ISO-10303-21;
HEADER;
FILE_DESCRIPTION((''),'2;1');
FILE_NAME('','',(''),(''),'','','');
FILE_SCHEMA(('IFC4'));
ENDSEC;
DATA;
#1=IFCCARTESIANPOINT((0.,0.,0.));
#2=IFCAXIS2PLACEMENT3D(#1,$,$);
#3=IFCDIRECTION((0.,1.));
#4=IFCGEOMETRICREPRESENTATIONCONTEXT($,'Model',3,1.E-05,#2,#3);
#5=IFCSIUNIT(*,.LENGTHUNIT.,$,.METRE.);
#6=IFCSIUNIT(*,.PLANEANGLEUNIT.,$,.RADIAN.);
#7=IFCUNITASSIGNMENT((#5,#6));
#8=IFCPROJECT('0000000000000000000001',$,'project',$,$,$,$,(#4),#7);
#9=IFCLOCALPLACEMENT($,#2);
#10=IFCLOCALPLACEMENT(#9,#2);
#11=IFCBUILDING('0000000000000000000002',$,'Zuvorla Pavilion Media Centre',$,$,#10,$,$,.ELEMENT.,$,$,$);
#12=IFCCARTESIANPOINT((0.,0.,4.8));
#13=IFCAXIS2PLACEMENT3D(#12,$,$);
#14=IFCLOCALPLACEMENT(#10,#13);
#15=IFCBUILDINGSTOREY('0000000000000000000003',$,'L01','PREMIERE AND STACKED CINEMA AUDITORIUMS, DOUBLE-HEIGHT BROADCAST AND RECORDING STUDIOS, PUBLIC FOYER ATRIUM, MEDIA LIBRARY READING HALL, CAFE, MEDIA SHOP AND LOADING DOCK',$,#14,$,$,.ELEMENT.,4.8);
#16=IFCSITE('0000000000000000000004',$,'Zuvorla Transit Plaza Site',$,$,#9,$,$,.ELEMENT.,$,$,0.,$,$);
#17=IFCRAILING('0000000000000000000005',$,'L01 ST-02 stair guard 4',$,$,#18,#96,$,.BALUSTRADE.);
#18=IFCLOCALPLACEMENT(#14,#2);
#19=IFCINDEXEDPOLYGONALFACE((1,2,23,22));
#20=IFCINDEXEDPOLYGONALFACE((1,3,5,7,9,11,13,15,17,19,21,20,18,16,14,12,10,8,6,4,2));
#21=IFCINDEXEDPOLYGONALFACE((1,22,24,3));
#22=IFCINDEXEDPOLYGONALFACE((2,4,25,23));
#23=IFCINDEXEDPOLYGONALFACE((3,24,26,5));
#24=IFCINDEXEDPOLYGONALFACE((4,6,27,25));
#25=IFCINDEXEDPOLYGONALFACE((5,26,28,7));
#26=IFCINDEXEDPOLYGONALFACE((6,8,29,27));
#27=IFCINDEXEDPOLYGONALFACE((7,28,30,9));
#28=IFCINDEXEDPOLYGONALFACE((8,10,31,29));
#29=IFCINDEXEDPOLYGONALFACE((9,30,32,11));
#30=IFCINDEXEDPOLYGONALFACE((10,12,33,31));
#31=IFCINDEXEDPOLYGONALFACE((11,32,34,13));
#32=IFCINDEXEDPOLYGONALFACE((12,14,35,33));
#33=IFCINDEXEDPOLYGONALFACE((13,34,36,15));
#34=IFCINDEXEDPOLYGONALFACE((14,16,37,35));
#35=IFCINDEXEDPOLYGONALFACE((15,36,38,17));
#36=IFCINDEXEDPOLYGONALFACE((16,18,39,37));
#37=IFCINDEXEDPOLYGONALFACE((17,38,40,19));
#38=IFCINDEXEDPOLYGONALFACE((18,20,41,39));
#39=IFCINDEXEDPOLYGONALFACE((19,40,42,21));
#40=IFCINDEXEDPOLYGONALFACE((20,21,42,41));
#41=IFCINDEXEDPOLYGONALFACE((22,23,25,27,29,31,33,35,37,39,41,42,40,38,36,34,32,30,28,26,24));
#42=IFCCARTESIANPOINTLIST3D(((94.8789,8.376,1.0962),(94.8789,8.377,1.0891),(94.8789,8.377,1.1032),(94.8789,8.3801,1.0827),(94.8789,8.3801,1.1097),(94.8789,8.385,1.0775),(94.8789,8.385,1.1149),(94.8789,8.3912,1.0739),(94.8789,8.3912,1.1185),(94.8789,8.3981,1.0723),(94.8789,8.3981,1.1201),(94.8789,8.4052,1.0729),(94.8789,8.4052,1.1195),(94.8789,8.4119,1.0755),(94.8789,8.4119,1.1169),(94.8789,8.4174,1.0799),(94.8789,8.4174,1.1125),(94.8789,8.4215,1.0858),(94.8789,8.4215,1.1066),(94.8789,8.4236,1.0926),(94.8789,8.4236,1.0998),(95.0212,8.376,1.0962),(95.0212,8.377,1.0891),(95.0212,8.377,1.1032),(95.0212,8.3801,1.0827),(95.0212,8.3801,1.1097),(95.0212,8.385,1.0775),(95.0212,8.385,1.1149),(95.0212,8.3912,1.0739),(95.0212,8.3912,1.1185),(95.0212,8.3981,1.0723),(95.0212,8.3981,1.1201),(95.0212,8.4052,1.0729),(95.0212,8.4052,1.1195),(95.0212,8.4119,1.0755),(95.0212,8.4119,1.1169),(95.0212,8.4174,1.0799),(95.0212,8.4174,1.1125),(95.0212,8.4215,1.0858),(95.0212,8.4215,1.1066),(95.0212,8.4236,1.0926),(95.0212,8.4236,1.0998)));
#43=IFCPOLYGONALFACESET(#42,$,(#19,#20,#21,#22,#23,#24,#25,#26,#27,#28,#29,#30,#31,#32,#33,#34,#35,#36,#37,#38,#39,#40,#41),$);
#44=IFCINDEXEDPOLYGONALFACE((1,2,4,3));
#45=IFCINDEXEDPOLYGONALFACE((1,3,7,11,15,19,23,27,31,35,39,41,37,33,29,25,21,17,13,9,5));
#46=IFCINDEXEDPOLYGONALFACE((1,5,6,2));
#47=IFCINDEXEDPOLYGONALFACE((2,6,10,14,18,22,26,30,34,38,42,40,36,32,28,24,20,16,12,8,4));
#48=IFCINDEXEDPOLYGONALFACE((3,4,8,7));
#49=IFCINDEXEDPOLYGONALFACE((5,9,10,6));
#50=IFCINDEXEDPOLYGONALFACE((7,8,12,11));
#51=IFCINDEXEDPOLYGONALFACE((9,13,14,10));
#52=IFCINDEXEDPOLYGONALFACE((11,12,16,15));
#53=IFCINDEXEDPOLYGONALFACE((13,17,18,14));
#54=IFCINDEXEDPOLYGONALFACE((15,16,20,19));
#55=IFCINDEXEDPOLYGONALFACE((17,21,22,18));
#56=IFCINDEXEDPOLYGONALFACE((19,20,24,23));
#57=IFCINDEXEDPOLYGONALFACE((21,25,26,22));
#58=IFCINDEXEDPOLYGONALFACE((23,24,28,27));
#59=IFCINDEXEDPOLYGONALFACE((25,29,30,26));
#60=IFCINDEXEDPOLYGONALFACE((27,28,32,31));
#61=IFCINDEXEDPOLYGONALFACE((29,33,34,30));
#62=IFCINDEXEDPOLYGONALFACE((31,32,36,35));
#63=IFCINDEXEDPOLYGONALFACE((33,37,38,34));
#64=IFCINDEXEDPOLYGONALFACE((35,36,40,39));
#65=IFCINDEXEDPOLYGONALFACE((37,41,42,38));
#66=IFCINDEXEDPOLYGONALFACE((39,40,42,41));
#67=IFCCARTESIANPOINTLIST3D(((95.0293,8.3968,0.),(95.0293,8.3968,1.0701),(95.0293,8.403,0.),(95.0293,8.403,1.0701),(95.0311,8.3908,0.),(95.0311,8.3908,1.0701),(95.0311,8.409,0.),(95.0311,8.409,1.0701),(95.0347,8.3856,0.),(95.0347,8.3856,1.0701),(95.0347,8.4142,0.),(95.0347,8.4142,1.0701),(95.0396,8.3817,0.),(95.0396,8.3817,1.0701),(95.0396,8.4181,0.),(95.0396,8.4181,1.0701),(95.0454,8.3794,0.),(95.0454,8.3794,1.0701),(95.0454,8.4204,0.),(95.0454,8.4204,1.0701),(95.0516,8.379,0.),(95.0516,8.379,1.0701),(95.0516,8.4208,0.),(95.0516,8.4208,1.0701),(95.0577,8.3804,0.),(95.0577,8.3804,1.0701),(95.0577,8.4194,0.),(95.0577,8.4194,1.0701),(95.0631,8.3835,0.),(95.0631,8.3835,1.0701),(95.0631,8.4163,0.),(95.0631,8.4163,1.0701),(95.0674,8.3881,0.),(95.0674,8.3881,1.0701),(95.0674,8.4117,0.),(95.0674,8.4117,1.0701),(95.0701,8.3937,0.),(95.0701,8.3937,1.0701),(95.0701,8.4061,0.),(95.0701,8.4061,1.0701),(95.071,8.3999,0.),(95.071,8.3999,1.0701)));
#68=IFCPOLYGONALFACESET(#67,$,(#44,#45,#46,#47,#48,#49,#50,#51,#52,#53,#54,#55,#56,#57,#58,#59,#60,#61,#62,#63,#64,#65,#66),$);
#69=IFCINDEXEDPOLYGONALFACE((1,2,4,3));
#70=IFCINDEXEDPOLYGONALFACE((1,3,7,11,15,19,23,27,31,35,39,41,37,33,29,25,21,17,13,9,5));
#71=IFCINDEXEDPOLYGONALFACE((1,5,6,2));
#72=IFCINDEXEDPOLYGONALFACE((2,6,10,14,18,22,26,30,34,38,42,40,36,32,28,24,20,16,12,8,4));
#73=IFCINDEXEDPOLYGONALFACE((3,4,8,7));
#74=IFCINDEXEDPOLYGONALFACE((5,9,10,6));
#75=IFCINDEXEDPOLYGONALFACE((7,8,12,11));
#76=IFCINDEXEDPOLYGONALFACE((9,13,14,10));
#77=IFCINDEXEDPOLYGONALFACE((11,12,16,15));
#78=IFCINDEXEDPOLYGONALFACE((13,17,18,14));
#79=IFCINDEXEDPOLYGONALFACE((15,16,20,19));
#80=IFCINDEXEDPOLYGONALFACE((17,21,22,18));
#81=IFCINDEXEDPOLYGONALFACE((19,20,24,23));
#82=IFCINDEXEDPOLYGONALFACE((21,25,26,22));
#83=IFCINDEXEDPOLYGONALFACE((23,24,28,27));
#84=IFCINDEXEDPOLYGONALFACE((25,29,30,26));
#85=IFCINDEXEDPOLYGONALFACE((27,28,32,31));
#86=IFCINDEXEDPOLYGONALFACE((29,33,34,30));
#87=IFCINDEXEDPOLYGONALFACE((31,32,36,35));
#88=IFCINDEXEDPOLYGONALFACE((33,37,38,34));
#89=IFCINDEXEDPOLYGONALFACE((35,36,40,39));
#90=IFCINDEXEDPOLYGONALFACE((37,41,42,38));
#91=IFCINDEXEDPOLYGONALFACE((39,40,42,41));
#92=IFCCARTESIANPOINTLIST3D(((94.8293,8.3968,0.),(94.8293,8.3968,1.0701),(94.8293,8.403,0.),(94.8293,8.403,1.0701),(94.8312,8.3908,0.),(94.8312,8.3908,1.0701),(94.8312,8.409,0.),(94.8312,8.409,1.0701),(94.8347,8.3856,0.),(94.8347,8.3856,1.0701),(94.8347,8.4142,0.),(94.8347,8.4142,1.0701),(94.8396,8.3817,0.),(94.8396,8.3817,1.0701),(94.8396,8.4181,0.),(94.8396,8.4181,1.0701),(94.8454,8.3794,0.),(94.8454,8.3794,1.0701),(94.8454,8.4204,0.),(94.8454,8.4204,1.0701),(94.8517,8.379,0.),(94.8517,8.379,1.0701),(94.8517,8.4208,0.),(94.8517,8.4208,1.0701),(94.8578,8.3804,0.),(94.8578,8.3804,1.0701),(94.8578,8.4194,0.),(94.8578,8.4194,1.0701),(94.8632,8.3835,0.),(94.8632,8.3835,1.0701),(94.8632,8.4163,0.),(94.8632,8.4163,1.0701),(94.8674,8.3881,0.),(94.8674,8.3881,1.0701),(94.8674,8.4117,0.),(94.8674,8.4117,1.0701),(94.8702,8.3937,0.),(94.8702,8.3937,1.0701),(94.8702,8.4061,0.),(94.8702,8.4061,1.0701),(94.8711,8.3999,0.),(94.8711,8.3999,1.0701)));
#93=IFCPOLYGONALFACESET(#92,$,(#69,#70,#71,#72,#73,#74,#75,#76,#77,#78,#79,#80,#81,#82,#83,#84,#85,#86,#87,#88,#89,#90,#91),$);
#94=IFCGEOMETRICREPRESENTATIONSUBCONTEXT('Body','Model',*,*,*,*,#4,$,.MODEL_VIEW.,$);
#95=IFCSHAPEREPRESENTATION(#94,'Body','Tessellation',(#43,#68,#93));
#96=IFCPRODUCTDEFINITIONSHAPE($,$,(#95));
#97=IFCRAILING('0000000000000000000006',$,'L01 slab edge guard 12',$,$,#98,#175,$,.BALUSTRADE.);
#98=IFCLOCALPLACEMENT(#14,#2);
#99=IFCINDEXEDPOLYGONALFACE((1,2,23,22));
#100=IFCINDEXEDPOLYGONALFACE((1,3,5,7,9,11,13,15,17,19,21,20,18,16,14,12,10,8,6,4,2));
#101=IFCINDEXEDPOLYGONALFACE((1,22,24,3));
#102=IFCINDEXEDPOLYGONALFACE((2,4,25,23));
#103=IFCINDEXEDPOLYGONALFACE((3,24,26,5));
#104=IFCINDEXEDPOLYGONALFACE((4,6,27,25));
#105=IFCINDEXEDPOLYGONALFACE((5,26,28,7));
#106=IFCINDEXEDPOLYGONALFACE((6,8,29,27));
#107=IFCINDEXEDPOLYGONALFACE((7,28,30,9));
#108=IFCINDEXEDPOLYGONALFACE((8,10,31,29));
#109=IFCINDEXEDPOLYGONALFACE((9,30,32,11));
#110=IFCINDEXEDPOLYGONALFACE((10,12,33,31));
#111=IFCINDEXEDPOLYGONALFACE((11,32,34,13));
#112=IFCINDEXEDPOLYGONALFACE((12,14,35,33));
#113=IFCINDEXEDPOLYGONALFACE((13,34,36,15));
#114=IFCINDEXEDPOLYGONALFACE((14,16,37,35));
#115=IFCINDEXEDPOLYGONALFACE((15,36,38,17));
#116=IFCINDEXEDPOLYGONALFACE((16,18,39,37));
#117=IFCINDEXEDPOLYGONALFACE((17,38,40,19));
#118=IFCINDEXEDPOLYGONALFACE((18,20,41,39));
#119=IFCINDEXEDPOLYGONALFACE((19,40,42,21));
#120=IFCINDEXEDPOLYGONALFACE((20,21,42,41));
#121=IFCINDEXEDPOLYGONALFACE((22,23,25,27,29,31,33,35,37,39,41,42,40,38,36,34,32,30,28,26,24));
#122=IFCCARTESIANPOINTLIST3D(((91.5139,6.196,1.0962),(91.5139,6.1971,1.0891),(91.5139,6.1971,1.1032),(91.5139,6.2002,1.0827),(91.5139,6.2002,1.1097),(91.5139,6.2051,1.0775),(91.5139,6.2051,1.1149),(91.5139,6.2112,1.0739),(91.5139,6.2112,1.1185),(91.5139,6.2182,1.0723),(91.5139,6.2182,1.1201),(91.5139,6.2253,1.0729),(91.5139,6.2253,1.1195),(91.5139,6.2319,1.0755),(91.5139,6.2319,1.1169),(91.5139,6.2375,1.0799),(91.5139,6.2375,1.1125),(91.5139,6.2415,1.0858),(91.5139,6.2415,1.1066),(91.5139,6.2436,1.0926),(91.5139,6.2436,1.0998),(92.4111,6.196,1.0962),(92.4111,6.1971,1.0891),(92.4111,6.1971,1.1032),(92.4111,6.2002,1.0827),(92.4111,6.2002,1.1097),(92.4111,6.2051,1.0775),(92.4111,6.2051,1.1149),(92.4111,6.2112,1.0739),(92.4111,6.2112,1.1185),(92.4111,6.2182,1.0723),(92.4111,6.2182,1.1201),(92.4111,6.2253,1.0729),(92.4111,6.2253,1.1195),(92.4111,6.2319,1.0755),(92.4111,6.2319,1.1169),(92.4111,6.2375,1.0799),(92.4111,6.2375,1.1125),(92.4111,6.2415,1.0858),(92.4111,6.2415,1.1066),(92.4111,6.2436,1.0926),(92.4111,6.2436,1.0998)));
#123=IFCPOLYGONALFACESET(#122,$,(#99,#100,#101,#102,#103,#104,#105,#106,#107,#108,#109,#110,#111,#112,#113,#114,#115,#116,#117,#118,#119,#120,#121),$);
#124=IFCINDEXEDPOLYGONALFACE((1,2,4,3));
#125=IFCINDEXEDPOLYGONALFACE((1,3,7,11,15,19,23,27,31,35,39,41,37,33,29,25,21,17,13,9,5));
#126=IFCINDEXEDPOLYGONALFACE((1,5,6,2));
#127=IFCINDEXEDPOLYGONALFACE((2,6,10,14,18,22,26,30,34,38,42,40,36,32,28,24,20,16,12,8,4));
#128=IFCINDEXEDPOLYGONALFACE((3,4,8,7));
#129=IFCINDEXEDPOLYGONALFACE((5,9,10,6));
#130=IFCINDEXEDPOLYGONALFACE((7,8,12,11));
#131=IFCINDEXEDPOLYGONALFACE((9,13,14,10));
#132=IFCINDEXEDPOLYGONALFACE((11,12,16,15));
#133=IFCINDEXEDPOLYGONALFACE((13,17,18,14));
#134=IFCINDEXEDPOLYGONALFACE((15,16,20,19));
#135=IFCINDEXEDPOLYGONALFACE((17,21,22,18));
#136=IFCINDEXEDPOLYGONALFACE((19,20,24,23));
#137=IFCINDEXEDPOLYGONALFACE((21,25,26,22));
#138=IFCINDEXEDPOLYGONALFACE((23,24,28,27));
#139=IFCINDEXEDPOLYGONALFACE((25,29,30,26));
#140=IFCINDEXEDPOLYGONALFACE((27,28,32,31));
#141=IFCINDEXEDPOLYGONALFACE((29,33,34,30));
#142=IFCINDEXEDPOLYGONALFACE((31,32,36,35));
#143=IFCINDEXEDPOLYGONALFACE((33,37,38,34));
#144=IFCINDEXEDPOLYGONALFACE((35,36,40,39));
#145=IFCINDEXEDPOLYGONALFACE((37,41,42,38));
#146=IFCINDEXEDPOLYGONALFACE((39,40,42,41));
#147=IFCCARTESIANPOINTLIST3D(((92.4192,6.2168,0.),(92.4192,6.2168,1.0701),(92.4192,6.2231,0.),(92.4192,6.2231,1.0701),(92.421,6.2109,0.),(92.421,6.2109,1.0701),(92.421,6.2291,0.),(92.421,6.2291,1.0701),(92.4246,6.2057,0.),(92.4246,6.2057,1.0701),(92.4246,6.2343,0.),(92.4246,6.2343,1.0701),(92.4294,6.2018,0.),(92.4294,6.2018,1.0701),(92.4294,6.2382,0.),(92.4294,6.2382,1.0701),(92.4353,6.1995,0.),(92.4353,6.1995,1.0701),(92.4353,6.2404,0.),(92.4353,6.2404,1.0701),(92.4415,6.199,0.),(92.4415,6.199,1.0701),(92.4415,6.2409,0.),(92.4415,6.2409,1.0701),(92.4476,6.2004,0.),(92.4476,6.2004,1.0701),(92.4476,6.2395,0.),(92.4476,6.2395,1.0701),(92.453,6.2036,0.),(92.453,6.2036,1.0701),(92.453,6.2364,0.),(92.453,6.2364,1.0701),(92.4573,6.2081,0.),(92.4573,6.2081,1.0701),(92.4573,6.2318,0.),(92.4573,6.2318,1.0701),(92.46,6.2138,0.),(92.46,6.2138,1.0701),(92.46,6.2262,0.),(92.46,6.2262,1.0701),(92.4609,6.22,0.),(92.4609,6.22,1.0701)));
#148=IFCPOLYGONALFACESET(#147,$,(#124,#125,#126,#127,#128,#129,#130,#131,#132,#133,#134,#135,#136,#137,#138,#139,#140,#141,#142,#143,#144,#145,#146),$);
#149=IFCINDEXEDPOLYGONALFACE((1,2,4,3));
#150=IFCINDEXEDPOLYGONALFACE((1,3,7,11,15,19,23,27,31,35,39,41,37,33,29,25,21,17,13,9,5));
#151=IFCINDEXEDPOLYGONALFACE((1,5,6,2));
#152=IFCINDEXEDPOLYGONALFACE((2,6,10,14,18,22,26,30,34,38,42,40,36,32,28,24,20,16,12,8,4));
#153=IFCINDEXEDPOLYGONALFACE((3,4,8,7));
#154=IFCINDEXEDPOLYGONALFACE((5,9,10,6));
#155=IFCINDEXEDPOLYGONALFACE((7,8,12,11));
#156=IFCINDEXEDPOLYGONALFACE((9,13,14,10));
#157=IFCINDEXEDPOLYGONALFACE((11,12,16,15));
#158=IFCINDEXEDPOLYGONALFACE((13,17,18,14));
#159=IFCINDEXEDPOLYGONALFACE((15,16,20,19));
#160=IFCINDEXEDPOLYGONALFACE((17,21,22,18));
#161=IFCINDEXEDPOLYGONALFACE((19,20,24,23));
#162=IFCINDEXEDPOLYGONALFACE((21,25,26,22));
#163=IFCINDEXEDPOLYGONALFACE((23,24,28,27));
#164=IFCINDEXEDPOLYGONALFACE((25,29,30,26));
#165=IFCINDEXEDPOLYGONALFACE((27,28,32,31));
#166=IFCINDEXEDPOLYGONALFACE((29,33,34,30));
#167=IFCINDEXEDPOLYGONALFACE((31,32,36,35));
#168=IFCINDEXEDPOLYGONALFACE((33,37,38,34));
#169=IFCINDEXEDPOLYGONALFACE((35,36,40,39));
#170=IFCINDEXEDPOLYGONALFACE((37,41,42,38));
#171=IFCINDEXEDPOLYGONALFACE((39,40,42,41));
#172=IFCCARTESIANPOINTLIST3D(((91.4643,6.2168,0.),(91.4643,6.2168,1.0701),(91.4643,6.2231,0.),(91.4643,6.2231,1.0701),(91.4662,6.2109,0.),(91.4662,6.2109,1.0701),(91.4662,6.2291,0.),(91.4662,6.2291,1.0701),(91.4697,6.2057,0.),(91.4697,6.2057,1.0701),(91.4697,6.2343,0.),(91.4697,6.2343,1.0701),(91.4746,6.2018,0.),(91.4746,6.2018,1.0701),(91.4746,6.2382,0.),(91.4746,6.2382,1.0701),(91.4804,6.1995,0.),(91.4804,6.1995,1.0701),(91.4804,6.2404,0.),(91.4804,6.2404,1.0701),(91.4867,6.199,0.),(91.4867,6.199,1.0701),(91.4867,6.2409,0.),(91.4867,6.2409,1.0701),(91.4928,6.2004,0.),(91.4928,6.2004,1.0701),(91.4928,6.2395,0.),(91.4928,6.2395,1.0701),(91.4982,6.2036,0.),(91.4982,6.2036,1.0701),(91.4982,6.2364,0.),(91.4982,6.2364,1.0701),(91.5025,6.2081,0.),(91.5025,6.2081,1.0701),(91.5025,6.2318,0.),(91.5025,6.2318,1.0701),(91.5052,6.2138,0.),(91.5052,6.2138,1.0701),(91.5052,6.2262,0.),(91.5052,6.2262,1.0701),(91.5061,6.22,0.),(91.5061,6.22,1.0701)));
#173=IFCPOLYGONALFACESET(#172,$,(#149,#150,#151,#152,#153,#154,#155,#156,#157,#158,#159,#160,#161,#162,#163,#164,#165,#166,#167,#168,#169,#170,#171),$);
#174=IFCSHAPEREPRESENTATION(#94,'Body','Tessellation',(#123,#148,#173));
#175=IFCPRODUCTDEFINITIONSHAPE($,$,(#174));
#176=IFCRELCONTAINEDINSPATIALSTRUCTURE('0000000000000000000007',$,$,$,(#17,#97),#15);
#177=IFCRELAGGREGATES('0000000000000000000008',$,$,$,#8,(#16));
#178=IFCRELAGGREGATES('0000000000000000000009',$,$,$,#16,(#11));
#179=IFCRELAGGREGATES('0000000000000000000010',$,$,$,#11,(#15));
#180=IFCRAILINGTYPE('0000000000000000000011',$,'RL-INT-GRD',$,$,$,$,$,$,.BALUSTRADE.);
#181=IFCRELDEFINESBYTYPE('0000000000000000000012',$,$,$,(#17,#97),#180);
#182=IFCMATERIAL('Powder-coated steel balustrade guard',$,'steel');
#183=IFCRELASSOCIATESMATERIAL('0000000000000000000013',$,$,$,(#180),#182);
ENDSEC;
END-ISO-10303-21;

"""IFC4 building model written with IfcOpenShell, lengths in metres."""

from ifc_helpers import new_model, si_unit, direction, frame, origin, origin_2d, place, context, subcontext, project, spatial, circle, extrude, material, type_object, element, save


model = new_model("IFC4")

# Units and contexts
model_context = context("Model", 3, precision=1e-05, world=origin(), true_north=direction((0.0, 1.0)))
body_context = subcontext(model_context, "Body", "Model", "MODEL_VIEW")
ifc_project = project(units=[si_unit("LENGTHUNIT", "METRE"), si_unit("PLANEANGLEUNIT", "RADIAN")], contexts=[model_context])

# Site, building, storey
site_placement = place(None, origin())
site = spatial("IfcSite", under=ifc_project, at=site_placement, Name="Zuvorla Transit Plaza Site", CompositionType="ELEMENT", RefElevation=0.0)
building_placement = place(site_placement, origin())
building = spatial("IfcBuilding", under=site, at=building_placement, Name="Zuvorla Pavilion Media Centre", CompositionType="ELEMENT")
storey_placement = place(building_placement, frame((0.0, 0.0, 4.8)))
storey = spatial("IfcBuildingStorey", under=building, at=storey_placement, Name="L01", Description="PREMIERE AND STACKED CINEMA AUDITORIUMS, DOUBLE-HEIGHT BROADCAST AND RECORDING STUDIOS, PUBLIC FOYER ATRIUM, MEDIA LIBRARY READING HALL, CAFE, MEDIA SHOP AND LOADING DOCK", CompositionType="ELEMENT", Elevation=4.8)

# Railings
ifc_material_1 = material(Name="Powder-coated steel balustrade guard", Category="steel")
railing_type_1 = type_object("IfcRailingType", Name="RL-INT-GRD", PredefinedType="BALUSTRADE", material=ifc_material_1)
railing_1_placement = place(storey_placement, frame((95.05, 8.3999, 0.0)))
element("IfcRailing", 1, at=railing_1_placement, inside=storey, type_object=railing_type_1, Name="L01 ST-02 stair guard 4", PredefinedType="BALUSTRADE", context=body_context, shape_type="SweptSolid", body=[
    extrude(circle(Radius=0.0239, at=origin_2d()), frame((-0.0288, 0.0, 1.0962), z_axis=(-1.0, 0.0, 0.0), x_axis=(0.0, -1.0, 0.0)), (0.0, 0.0, 1.0), 0.1423),
    extrude(circle(Radius=0.021, at=origin_2d()), origin(), (0.0, 0.0, 1.0), 1.0701),
    extrude(circle(Radius=0.021, at=origin_2d()), frame((-0.2, 0.0, 0.0)), (0.0, 0.0, 1.0), 1.0701),
])
railing_2_placement = place(storey_placement, frame((92.4399, 6.22, 0.0)))
element("IfcRailing", 2, at=railing_2_placement, inside=storey, type_object=railing_type_1, Name="L01 slab edge guard 12", PredefinedType="BALUSTRADE", context=body_context, shape_type="SweptSolid", body=[
    extrude(circle(Radius=0.0239, at=origin_2d()), frame((-0.0288, 0.0, 1.0962), z_axis=(-1.0, 0.0, 0.0), x_axis=(0.0, -1.0, 0.0)), (0.0, 0.0, 1.0), 0.8972),
    extrude(circle(Radius=0.021, at=origin_2d()), origin(), (0.0, 0.0, 1.0), 1.0701),
    extrude(circle(Radius=0.021, at=origin_2d()), frame((-0.9548, 0.0, 0.0)), (0.0, 0.0, 1.0), 1.0701),
])

save(model, "model.ifc")
